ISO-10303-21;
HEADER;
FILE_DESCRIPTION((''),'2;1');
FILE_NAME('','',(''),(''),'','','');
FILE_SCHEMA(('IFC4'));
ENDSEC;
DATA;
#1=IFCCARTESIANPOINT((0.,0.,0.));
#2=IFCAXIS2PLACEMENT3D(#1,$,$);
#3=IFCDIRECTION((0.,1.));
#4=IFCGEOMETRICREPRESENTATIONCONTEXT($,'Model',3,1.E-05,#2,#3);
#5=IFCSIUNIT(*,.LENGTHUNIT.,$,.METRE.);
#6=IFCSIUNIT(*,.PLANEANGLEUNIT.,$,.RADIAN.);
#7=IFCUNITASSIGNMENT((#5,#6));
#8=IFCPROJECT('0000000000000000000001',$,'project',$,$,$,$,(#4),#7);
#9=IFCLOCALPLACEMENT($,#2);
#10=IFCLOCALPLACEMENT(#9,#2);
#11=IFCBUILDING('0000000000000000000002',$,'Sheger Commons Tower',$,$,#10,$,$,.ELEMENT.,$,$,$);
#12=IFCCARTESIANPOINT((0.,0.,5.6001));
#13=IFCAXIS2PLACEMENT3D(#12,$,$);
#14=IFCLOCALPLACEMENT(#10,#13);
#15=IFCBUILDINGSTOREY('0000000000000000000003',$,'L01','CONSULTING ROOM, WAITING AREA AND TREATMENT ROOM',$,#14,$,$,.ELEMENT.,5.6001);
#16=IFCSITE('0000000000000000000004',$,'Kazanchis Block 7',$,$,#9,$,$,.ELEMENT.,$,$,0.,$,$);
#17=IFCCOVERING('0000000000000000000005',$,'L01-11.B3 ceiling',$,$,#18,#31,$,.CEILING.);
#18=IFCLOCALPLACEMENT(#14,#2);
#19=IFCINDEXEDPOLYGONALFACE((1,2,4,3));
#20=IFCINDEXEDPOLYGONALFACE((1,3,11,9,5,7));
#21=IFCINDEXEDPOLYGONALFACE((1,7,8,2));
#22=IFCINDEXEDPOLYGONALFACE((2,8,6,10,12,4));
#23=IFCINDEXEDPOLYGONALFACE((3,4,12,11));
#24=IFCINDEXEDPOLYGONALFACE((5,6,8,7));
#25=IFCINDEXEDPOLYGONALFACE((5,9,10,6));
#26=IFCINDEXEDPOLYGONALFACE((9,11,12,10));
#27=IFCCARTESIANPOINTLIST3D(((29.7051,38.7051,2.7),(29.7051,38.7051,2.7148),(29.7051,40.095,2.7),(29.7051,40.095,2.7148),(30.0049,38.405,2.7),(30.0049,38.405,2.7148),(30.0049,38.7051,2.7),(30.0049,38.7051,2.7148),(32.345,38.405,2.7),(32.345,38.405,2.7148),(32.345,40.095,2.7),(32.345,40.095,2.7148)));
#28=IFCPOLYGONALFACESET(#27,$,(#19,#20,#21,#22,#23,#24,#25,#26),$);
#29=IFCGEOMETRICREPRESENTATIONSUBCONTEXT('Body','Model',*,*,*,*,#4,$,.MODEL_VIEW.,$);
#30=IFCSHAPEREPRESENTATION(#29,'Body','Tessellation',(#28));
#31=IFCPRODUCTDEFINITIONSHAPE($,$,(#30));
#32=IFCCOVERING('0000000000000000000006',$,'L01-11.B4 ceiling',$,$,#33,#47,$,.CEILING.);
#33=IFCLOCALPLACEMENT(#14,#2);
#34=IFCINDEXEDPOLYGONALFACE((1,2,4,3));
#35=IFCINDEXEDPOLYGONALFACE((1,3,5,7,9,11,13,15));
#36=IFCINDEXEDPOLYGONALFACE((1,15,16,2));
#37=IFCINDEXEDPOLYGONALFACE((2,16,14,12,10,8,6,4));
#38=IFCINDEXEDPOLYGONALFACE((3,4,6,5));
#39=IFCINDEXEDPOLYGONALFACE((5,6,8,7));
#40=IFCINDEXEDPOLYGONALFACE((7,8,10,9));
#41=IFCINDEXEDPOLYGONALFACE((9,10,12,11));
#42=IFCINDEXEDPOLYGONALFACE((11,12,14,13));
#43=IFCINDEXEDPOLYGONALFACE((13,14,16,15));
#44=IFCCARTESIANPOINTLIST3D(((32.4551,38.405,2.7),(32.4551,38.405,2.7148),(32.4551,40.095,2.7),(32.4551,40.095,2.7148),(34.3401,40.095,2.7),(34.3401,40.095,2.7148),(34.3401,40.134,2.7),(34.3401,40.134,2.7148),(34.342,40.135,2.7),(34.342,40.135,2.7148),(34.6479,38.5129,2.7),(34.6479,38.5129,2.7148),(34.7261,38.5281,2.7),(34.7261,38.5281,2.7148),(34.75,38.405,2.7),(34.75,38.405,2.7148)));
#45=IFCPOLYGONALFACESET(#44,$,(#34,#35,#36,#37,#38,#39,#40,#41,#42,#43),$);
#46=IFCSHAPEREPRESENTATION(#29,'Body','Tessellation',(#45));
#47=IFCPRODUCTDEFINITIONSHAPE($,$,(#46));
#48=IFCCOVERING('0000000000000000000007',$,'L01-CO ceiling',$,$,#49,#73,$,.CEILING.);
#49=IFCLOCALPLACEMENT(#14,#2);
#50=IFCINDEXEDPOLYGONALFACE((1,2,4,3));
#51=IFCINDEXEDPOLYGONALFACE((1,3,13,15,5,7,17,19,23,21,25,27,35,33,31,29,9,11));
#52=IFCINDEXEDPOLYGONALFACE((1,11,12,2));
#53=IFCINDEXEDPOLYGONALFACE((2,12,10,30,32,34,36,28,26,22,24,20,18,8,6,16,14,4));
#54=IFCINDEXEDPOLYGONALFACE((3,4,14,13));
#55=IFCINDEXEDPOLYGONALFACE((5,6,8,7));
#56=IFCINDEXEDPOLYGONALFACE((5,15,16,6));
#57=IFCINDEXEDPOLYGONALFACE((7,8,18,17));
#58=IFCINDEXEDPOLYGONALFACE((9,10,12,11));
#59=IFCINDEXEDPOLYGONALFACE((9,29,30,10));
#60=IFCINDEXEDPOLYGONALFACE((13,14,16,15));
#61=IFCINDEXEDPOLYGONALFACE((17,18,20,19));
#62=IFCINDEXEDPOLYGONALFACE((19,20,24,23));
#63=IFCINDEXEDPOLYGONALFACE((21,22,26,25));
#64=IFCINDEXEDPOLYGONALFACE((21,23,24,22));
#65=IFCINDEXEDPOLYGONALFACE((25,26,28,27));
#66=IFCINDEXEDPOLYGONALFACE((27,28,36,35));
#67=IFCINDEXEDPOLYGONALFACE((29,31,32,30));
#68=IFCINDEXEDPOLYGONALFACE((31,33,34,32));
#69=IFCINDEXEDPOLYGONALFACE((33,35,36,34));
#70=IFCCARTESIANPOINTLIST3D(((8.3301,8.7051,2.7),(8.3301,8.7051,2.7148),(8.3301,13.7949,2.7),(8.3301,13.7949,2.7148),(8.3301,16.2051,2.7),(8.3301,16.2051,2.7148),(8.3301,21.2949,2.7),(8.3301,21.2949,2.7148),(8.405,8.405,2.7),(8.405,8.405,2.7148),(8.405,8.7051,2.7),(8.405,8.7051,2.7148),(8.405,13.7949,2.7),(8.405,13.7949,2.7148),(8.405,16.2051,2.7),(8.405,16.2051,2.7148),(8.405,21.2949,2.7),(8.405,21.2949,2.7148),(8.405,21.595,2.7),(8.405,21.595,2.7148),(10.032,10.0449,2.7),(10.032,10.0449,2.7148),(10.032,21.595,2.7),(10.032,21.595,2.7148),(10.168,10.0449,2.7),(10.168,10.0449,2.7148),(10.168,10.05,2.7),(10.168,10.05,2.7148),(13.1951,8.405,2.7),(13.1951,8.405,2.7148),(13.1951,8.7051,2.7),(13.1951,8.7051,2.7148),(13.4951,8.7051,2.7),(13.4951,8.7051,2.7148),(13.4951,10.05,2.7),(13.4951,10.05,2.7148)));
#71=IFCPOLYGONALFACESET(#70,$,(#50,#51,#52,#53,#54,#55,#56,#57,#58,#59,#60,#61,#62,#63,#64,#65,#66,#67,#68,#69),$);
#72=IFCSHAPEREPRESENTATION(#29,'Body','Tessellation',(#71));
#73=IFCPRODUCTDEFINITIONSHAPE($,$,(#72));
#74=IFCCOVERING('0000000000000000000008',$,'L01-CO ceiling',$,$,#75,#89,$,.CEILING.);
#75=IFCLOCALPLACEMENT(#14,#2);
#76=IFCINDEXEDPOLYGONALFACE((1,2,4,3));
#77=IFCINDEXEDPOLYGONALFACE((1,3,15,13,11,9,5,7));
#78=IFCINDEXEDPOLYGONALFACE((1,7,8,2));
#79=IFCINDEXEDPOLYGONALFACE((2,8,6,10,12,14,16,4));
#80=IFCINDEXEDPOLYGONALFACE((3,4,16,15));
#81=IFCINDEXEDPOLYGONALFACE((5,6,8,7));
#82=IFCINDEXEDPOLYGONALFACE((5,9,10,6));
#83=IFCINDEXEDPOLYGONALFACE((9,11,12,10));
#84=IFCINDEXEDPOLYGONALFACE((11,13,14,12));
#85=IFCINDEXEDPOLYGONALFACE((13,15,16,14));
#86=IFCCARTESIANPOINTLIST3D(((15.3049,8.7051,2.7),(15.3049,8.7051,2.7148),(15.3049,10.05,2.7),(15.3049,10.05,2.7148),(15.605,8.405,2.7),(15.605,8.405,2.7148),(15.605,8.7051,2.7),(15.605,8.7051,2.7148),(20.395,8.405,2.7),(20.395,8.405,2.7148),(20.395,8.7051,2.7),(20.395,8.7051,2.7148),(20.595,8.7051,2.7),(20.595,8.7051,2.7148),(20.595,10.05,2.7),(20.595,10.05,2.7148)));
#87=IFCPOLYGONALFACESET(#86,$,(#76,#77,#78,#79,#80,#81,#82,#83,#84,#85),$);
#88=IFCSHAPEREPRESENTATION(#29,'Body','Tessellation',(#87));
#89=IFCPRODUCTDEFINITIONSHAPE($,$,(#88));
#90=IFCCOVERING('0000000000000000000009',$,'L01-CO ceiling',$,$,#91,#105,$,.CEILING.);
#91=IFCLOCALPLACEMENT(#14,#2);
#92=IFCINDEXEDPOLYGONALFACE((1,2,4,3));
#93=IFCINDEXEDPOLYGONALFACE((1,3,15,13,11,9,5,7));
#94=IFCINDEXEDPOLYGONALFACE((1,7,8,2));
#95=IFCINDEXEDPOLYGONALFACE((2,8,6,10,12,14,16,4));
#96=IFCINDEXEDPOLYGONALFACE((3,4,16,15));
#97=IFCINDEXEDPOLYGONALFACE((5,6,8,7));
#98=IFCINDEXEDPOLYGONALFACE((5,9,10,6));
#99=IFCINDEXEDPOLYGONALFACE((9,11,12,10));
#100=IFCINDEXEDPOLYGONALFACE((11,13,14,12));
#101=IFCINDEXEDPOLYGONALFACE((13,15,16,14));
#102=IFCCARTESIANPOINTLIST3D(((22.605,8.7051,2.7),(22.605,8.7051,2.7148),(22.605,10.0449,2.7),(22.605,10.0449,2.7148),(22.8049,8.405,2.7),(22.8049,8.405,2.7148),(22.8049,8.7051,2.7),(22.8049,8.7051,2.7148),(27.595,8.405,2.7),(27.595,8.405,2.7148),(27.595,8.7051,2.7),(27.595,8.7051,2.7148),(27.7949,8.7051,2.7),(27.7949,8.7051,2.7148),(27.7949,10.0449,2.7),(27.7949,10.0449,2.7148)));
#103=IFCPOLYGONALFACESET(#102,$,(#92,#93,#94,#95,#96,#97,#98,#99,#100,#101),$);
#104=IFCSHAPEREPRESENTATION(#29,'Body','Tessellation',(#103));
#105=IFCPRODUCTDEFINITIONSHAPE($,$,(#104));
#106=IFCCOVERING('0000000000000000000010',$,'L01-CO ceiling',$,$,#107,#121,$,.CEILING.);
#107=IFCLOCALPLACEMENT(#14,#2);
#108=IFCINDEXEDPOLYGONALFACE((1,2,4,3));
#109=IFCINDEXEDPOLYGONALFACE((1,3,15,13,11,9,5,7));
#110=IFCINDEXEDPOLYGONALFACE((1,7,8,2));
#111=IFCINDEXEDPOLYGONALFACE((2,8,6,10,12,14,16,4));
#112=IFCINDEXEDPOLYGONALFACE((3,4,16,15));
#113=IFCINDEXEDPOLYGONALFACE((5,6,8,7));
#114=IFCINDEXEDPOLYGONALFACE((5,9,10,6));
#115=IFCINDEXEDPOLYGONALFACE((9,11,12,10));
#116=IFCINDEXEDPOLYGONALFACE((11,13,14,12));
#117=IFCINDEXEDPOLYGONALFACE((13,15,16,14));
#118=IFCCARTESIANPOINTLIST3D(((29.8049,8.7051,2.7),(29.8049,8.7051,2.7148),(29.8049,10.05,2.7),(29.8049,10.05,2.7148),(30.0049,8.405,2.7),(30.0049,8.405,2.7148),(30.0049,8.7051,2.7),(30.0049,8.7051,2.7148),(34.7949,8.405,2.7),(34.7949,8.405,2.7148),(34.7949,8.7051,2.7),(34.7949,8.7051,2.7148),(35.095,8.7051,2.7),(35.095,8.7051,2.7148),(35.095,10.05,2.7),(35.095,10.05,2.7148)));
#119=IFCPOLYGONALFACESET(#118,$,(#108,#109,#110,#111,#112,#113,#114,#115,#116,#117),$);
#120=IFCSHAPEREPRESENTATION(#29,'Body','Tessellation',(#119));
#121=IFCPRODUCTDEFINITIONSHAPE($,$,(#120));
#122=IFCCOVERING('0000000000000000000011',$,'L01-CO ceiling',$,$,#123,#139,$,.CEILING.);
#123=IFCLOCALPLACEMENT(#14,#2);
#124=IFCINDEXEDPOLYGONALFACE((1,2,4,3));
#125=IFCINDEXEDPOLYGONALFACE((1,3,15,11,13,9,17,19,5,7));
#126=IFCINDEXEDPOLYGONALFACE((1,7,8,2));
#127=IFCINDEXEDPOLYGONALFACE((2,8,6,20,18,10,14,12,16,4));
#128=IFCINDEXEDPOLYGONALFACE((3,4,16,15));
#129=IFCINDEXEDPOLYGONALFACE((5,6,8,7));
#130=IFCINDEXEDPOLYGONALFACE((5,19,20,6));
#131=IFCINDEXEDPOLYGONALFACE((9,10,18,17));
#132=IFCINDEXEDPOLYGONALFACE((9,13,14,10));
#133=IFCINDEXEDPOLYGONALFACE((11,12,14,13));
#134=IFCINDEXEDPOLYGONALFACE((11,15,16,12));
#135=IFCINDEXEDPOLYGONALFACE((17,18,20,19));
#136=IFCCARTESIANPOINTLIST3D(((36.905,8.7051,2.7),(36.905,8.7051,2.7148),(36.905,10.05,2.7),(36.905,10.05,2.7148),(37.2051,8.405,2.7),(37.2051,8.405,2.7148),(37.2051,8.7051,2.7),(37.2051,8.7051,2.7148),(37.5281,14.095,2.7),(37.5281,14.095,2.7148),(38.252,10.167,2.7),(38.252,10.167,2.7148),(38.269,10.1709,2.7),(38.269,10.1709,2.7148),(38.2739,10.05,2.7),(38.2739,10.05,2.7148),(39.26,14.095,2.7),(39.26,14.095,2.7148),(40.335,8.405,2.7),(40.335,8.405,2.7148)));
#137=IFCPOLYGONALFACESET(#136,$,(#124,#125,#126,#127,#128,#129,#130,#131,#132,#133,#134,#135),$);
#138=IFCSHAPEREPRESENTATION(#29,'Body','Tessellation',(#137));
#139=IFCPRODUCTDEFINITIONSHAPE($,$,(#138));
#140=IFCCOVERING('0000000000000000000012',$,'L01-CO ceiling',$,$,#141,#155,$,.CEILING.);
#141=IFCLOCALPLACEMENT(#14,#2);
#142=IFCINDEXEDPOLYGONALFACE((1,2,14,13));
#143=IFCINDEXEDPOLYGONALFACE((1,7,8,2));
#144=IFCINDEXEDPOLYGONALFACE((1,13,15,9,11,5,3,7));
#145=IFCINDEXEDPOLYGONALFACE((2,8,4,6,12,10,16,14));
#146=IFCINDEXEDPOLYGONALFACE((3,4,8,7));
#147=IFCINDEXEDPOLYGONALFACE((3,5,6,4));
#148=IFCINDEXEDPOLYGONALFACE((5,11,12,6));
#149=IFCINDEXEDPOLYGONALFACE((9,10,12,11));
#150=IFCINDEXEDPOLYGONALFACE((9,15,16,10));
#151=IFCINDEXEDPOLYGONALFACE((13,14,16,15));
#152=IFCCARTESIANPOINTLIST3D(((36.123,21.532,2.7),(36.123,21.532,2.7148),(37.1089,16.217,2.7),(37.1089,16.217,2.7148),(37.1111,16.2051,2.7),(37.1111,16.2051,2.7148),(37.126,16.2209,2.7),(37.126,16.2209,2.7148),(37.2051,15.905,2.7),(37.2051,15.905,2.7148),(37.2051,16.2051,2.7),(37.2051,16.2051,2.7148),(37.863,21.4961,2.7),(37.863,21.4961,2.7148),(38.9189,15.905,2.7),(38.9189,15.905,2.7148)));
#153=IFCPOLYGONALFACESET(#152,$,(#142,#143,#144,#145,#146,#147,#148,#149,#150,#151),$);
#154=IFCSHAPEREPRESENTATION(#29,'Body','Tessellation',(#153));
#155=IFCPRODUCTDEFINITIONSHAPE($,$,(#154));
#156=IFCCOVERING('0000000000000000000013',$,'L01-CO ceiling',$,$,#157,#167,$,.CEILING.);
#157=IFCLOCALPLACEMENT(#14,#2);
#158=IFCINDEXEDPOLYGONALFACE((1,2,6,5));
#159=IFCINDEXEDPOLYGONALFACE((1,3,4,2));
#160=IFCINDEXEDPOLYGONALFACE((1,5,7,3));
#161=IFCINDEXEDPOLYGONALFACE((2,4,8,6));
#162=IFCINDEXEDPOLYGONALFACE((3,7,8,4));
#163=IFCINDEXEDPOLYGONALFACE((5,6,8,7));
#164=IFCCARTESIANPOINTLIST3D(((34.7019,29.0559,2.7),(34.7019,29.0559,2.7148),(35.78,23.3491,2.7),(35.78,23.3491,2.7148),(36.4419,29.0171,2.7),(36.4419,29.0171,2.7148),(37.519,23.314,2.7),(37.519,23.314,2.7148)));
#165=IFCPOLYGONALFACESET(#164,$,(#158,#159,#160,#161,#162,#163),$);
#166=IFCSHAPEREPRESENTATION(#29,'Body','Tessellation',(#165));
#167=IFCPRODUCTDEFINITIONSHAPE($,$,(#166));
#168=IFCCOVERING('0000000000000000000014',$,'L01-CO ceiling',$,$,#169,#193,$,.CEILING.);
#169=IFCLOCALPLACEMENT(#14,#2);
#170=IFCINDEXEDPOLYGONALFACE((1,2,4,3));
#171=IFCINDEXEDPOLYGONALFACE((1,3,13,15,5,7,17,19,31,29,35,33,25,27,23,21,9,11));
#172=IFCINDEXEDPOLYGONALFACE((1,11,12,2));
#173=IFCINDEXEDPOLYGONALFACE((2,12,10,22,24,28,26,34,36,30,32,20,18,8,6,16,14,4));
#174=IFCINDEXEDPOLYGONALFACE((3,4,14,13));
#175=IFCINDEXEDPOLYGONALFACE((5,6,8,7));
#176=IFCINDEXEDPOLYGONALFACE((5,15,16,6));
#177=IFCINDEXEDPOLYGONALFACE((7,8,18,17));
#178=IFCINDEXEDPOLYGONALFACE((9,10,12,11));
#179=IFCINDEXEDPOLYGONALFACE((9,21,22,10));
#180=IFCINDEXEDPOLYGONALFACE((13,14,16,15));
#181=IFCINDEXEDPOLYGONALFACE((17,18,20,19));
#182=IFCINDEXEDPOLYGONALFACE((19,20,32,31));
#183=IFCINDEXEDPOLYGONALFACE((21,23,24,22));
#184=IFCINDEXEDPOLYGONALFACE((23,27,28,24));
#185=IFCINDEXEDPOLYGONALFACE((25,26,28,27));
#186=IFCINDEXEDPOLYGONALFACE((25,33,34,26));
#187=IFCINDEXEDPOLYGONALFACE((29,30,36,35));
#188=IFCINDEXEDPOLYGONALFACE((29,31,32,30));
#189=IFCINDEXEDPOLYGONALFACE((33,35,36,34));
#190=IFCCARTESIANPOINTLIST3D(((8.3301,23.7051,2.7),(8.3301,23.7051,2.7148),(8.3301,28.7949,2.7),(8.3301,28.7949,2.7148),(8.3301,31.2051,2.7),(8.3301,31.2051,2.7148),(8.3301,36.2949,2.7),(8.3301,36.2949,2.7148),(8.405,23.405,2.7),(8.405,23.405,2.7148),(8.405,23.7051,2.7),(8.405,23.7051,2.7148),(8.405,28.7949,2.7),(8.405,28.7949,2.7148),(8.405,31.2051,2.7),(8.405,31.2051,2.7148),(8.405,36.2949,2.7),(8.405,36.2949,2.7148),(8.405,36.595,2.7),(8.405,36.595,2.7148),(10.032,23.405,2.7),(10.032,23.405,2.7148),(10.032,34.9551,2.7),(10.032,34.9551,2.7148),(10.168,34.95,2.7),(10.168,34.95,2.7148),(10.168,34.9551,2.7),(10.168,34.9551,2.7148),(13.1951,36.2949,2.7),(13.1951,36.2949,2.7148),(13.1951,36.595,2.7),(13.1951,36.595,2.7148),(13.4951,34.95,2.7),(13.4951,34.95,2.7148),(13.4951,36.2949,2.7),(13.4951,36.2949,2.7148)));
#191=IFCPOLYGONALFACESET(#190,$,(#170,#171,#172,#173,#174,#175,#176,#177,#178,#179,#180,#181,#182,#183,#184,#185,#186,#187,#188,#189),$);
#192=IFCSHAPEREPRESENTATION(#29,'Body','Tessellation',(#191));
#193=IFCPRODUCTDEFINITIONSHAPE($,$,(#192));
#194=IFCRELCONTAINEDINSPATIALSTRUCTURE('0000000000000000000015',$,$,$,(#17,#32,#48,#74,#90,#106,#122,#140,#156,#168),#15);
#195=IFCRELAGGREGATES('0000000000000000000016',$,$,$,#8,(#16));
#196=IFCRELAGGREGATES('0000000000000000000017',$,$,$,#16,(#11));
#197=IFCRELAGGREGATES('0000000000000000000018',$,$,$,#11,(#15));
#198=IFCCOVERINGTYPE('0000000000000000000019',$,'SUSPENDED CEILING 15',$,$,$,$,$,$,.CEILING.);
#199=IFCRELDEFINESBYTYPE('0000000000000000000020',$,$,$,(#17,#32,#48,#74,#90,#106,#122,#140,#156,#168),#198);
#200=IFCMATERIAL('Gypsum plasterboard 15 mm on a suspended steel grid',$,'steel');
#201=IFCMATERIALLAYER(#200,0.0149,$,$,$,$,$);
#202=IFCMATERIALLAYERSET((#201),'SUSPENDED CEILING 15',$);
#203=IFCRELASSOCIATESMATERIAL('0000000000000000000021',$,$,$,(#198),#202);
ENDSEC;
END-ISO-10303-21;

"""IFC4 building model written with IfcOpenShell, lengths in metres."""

from ifc_helpers import new_model, si_unit, direction, frame, origin, place, context, subcontext, project, spatial, polyline, outline, extrude, material, layer, layer_set, type_object, element, save


model = new_model("IFC4")

# Units and contexts
model_context = context("Model", 3, precision=1e-05, world=origin(), true_north=direction((0.0, 1.0)))
body_context = subcontext(model_context, "Body", "Model", "MODEL_VIEW")
ifc_project = project(units=[si_unit("LENGTHUNIT", "METRE"), si_unit("PLANEANGLEUNIT", "RADIAN")], contexts=[model_context])

# Site, building, storey
site_placement = place(None, origin())
site = spatial("IfcSite", under=ifc_project, at=site_placement, Name="Kazanchis Block 7", CompositionType="ELEMENT", RefElevation=0.0)
building_placement = place(site_placement, origin())
building = spatial("IfcBuilding", under=site, at=building_placement, Name="Sheger Commons Tower", CompositionType="ELEMENT")
storey_placement = place(building_placement, frame((0.0, 0.0, 5.6001)))
storey = spatial("IfcBuildingStorey", under=building, at=storey_placement, Name="L01", Description="CONSULTING ROOM, WAITING AREA AND TREATMENT ROOM", CompositionType="ELEMENT", Elevation=5.6001)

# Coverings
ifc_material_1 = material(Name="Gypsum plasterboard 15 mm on a suspended steel grid", Category="steel")
ifc_layer_1 = layer(ifc_material_1, 0.0149)
ifc_layer_set_1 = layer_set([ifc_layer_1], Name="SUSPENDED CEILING 15")
covering_type_1 = type_object("IfcCoveringType", Name="SUSPENDED CEILING 15", PredefinedType="CEILING", material=ifc_layer_set_1)
covering_1_placement = place(storey_placement, frame((0.0, 0.0, 2.7)))
element("IfcCovering", 1, at=covering_1_placement, inside=storey, type_object=covering_type_1, Name="L01-11.B3 ceiling", PredefinedType="CEILING", context=body_context, shape_type="SweptSolid", body=[
    extrude(outline(polyline([(30.0049, 38.405), (32.345, 38.405), (32.345, 40.095), (29.7051, 40.095), (29.7051, 38.7051), (30.0049, 38.7051), (30.0049, 38.405)])), origin(), (0.0, 0.0, 1.0), 0.0149),
])
covering_2_placement = place(storey_placement, frame((0.0, 0.0, 2.7)))
element("IfcCovering", 2, at=covering_2_placement, inside=storey, type_object=covering_type_1, Name="L01-11.B4 ceiling", PredefinedType="CEILING", context=body_context, shape_type="SweptSolid", body=[
    extrude(outline(polyline([(32.4551, 38.405), (34.75, 38.405), (34.7261, 38.5281), (34.6479, 38.5129), (34.342, 40.135), (34.3401, 40.134), (34.3401, 40.095), (32.4551, 40.095), (32.4551, 38.405)])), origin(), (0.0, 0.0, 1.0), 0.0149),
])
covering_3_placement = place(storey_placement, frame((0.0, 0.0, 2.7)))
element("IfcCovering", 3, at=covering_3_placement, inside=storey, type_object=covering_type_1, Name="L01-CO ceiling", PredefinedType="CEILING", context=body_context, shape_type="SweptSolid", body=[
    extrude(outline(polyline([(8.405, 8.405), (13.1951, 8.405), (13.1951, 8.7051), (13.4951, 8.7051), (13.4951, 10.05), (10.168, 10.05), (10.168, 10.0449), (10.032, 10.0449), (10.032, 21.595), (8.405, 21.595), (8.405, 21.2949), (8.3301, 21.2949), (8.3301, 16.2051), (8.405, 16.2051), (8.405, 13.7949), (8.3301, 13.7949), (8.3301, 8.7051), (8.405, 8.7051), (8.405, 8.405)])), origin(), (0.0, 0.0, 1.0), 0.0149),
])
covering_4_placement = place(storey_placement, frame((0.0, 0.0, 2.7)))
element("IfcCovering", 4, at=covering_4_placement, inside=storey, type_object=covering_type_1, Name="L01-CO ceiling", PredefinedType="CEILING", context=body_context, shape_type="SweptSolid", body=[
    extrude(outline(polyline([(15.605, 8.405), (20.395, 8.405), (20.395, 8.7051), (20.595, 8.7051), (20.595, 10.05), (15.3049, 10.05), (15.3049, 8.7051), (15.605, 8.7051), (15.605, 8.405)])), origin(), (0.0, 0.0, 1.0), 0.0149),
])
covering_5_placement = place(storey_placement, frame((0.0, 0.0, 2.7)))
element("IfcCovering", 5, at=covering_5_placement, inside=storey, type_object=covering_type_1, Name="L01-CO ceiling", PredefinedType="CEILING", context=body_context, shape_type="SweptSolid", body=[
    extrude(outline(polyline([(22.8049, 8.405), (27.595, 8.405), (27.595, 8.7051), (27.7949, 8.7051), (27.7949, 10.0449), (22.605, 10.0449), (22.605, 8.7051), (22.8049, 8.7051), (22.8049, 8.405)])), origin(), (0.0, 0.0, 1.0), 0.0149),
])
covering_6_placement = place(storey_placement, frame((0.0, 0.0, 2.7)))
element("IfcCovering", 6, at=covering_6_placement, inside=storey, type_object=covering_type_1, Name="L01-CO ceiling", PredefinedType="CEILING", context=body_context, shape_type="SweptSolid", body=[
    extrude(outline(polyline([(30.0049, 8.405), (34.7949, 8.405), (34.7949, 8.7051), (35.095, 8.7051), (35.095, 10.05), (29.8049, 10.05), (29.8049, 8.7051), (30.0049, 8.7051), (30.0049, 8.405)])), origin(), (0.0, 0.0, 1.0), 0.0149),
])
covering_7_placement = place(storey_placement, frame((0.0, 0.0, 2.7)))
element("IfcCovering", 7, at=covering_7_placement, inside=storey, type_object=covering_type_1, Name="L01-CO ceiling", PredefinedType="CEILING", context=body_context, shape_type="SweptSolid", body=[
    extrude(outline(polyline([(37.2051, 8.405), (40.335, 8.405), (39.26, 14.095), (37.5281, 14.095), (38.269, 10.1709), (38.252, 10.167), (38.2739, 10.05), (36.905, 10.05), (36.905, 8.7051), (37.2051, 8.7051), (37.2051, 8.405)])), origin(), (0.0, 0.0, 1.0), 0.0149),
])
covering_8_placement = place(storey_placement, frame((0.0, 0.0, 2.7)))
element("IfcCovering", 8, at=covering_8_placement, inside=storey, type_object=covering_type_1, Name="L01-CO ceiling", PredefinedType="CEILING", context=body_context, shape_type="SweptSolid", body=[
    extrude(outline(polyline([(37.2051, 15.905), (38.9189, 15.905), (37.863, 21.4961), (36.123, 21.532), (37.126, 16.2209), (37.1089, 16.217), (37.1111, 16.2051), (37.2051, 16.2051), (37.2051, 15.905)])), origin(), (0.0, 0.0, 1.0), 0.0149),
])
covering_9_placement = place(storey_placement, frame((0.0, 0.0, 2.7)))
element("IfcCovering", 9, at=covering_9_placement, inside=storey, type_object=covering_type_1, Name="L01-CO ceiling", PredefinedType="CEILING", context=body_context, shape_type="SweptSolid", body=[
    extrude(outline(polyline([(37.519, 23.314), (36.4419, 29.0171), (34.7019, 29.0559), (35.78, 23.3491), (37.519, 23.314)])), origin(), (0.0, 0.0, 1.0), 0.0149),
])
covering_10_placement = place(storey_placement, frame((0.0, 0.0, 2.7)))
element("IfcCovering", 10, at=covering_10_placement, inside=storey, type_object=covering_type_1, Name="L01-CO ceiling", PredefinedType="CEILING", context=body_context, shape_type="SweptSolid", body=[
    extrude(outline(polyline([(8.405, 23.405), (10.032, 23.405), (10.032, 34.9551), (10.168, 34.9551), (10.168, 34.95), (13.4951, 34.95), (13.4951, 36.2949), (13.1951, 36.2949), (13.1951, 36.595), (8.405, 36.595), (8.405, 36.2949), (8.3301, 36.2949), (8.3301, 31.2051), (8.405, 31.2051), (8.405, 28.7949), (8.3301, 28.7949), (8.3301, 23.7051), (8.405, 23.7051), (8.405, 23.405)])), origin(), (0.0, 0.0, 1.0), 0.0149),
])

save(model, "model.ifc")
